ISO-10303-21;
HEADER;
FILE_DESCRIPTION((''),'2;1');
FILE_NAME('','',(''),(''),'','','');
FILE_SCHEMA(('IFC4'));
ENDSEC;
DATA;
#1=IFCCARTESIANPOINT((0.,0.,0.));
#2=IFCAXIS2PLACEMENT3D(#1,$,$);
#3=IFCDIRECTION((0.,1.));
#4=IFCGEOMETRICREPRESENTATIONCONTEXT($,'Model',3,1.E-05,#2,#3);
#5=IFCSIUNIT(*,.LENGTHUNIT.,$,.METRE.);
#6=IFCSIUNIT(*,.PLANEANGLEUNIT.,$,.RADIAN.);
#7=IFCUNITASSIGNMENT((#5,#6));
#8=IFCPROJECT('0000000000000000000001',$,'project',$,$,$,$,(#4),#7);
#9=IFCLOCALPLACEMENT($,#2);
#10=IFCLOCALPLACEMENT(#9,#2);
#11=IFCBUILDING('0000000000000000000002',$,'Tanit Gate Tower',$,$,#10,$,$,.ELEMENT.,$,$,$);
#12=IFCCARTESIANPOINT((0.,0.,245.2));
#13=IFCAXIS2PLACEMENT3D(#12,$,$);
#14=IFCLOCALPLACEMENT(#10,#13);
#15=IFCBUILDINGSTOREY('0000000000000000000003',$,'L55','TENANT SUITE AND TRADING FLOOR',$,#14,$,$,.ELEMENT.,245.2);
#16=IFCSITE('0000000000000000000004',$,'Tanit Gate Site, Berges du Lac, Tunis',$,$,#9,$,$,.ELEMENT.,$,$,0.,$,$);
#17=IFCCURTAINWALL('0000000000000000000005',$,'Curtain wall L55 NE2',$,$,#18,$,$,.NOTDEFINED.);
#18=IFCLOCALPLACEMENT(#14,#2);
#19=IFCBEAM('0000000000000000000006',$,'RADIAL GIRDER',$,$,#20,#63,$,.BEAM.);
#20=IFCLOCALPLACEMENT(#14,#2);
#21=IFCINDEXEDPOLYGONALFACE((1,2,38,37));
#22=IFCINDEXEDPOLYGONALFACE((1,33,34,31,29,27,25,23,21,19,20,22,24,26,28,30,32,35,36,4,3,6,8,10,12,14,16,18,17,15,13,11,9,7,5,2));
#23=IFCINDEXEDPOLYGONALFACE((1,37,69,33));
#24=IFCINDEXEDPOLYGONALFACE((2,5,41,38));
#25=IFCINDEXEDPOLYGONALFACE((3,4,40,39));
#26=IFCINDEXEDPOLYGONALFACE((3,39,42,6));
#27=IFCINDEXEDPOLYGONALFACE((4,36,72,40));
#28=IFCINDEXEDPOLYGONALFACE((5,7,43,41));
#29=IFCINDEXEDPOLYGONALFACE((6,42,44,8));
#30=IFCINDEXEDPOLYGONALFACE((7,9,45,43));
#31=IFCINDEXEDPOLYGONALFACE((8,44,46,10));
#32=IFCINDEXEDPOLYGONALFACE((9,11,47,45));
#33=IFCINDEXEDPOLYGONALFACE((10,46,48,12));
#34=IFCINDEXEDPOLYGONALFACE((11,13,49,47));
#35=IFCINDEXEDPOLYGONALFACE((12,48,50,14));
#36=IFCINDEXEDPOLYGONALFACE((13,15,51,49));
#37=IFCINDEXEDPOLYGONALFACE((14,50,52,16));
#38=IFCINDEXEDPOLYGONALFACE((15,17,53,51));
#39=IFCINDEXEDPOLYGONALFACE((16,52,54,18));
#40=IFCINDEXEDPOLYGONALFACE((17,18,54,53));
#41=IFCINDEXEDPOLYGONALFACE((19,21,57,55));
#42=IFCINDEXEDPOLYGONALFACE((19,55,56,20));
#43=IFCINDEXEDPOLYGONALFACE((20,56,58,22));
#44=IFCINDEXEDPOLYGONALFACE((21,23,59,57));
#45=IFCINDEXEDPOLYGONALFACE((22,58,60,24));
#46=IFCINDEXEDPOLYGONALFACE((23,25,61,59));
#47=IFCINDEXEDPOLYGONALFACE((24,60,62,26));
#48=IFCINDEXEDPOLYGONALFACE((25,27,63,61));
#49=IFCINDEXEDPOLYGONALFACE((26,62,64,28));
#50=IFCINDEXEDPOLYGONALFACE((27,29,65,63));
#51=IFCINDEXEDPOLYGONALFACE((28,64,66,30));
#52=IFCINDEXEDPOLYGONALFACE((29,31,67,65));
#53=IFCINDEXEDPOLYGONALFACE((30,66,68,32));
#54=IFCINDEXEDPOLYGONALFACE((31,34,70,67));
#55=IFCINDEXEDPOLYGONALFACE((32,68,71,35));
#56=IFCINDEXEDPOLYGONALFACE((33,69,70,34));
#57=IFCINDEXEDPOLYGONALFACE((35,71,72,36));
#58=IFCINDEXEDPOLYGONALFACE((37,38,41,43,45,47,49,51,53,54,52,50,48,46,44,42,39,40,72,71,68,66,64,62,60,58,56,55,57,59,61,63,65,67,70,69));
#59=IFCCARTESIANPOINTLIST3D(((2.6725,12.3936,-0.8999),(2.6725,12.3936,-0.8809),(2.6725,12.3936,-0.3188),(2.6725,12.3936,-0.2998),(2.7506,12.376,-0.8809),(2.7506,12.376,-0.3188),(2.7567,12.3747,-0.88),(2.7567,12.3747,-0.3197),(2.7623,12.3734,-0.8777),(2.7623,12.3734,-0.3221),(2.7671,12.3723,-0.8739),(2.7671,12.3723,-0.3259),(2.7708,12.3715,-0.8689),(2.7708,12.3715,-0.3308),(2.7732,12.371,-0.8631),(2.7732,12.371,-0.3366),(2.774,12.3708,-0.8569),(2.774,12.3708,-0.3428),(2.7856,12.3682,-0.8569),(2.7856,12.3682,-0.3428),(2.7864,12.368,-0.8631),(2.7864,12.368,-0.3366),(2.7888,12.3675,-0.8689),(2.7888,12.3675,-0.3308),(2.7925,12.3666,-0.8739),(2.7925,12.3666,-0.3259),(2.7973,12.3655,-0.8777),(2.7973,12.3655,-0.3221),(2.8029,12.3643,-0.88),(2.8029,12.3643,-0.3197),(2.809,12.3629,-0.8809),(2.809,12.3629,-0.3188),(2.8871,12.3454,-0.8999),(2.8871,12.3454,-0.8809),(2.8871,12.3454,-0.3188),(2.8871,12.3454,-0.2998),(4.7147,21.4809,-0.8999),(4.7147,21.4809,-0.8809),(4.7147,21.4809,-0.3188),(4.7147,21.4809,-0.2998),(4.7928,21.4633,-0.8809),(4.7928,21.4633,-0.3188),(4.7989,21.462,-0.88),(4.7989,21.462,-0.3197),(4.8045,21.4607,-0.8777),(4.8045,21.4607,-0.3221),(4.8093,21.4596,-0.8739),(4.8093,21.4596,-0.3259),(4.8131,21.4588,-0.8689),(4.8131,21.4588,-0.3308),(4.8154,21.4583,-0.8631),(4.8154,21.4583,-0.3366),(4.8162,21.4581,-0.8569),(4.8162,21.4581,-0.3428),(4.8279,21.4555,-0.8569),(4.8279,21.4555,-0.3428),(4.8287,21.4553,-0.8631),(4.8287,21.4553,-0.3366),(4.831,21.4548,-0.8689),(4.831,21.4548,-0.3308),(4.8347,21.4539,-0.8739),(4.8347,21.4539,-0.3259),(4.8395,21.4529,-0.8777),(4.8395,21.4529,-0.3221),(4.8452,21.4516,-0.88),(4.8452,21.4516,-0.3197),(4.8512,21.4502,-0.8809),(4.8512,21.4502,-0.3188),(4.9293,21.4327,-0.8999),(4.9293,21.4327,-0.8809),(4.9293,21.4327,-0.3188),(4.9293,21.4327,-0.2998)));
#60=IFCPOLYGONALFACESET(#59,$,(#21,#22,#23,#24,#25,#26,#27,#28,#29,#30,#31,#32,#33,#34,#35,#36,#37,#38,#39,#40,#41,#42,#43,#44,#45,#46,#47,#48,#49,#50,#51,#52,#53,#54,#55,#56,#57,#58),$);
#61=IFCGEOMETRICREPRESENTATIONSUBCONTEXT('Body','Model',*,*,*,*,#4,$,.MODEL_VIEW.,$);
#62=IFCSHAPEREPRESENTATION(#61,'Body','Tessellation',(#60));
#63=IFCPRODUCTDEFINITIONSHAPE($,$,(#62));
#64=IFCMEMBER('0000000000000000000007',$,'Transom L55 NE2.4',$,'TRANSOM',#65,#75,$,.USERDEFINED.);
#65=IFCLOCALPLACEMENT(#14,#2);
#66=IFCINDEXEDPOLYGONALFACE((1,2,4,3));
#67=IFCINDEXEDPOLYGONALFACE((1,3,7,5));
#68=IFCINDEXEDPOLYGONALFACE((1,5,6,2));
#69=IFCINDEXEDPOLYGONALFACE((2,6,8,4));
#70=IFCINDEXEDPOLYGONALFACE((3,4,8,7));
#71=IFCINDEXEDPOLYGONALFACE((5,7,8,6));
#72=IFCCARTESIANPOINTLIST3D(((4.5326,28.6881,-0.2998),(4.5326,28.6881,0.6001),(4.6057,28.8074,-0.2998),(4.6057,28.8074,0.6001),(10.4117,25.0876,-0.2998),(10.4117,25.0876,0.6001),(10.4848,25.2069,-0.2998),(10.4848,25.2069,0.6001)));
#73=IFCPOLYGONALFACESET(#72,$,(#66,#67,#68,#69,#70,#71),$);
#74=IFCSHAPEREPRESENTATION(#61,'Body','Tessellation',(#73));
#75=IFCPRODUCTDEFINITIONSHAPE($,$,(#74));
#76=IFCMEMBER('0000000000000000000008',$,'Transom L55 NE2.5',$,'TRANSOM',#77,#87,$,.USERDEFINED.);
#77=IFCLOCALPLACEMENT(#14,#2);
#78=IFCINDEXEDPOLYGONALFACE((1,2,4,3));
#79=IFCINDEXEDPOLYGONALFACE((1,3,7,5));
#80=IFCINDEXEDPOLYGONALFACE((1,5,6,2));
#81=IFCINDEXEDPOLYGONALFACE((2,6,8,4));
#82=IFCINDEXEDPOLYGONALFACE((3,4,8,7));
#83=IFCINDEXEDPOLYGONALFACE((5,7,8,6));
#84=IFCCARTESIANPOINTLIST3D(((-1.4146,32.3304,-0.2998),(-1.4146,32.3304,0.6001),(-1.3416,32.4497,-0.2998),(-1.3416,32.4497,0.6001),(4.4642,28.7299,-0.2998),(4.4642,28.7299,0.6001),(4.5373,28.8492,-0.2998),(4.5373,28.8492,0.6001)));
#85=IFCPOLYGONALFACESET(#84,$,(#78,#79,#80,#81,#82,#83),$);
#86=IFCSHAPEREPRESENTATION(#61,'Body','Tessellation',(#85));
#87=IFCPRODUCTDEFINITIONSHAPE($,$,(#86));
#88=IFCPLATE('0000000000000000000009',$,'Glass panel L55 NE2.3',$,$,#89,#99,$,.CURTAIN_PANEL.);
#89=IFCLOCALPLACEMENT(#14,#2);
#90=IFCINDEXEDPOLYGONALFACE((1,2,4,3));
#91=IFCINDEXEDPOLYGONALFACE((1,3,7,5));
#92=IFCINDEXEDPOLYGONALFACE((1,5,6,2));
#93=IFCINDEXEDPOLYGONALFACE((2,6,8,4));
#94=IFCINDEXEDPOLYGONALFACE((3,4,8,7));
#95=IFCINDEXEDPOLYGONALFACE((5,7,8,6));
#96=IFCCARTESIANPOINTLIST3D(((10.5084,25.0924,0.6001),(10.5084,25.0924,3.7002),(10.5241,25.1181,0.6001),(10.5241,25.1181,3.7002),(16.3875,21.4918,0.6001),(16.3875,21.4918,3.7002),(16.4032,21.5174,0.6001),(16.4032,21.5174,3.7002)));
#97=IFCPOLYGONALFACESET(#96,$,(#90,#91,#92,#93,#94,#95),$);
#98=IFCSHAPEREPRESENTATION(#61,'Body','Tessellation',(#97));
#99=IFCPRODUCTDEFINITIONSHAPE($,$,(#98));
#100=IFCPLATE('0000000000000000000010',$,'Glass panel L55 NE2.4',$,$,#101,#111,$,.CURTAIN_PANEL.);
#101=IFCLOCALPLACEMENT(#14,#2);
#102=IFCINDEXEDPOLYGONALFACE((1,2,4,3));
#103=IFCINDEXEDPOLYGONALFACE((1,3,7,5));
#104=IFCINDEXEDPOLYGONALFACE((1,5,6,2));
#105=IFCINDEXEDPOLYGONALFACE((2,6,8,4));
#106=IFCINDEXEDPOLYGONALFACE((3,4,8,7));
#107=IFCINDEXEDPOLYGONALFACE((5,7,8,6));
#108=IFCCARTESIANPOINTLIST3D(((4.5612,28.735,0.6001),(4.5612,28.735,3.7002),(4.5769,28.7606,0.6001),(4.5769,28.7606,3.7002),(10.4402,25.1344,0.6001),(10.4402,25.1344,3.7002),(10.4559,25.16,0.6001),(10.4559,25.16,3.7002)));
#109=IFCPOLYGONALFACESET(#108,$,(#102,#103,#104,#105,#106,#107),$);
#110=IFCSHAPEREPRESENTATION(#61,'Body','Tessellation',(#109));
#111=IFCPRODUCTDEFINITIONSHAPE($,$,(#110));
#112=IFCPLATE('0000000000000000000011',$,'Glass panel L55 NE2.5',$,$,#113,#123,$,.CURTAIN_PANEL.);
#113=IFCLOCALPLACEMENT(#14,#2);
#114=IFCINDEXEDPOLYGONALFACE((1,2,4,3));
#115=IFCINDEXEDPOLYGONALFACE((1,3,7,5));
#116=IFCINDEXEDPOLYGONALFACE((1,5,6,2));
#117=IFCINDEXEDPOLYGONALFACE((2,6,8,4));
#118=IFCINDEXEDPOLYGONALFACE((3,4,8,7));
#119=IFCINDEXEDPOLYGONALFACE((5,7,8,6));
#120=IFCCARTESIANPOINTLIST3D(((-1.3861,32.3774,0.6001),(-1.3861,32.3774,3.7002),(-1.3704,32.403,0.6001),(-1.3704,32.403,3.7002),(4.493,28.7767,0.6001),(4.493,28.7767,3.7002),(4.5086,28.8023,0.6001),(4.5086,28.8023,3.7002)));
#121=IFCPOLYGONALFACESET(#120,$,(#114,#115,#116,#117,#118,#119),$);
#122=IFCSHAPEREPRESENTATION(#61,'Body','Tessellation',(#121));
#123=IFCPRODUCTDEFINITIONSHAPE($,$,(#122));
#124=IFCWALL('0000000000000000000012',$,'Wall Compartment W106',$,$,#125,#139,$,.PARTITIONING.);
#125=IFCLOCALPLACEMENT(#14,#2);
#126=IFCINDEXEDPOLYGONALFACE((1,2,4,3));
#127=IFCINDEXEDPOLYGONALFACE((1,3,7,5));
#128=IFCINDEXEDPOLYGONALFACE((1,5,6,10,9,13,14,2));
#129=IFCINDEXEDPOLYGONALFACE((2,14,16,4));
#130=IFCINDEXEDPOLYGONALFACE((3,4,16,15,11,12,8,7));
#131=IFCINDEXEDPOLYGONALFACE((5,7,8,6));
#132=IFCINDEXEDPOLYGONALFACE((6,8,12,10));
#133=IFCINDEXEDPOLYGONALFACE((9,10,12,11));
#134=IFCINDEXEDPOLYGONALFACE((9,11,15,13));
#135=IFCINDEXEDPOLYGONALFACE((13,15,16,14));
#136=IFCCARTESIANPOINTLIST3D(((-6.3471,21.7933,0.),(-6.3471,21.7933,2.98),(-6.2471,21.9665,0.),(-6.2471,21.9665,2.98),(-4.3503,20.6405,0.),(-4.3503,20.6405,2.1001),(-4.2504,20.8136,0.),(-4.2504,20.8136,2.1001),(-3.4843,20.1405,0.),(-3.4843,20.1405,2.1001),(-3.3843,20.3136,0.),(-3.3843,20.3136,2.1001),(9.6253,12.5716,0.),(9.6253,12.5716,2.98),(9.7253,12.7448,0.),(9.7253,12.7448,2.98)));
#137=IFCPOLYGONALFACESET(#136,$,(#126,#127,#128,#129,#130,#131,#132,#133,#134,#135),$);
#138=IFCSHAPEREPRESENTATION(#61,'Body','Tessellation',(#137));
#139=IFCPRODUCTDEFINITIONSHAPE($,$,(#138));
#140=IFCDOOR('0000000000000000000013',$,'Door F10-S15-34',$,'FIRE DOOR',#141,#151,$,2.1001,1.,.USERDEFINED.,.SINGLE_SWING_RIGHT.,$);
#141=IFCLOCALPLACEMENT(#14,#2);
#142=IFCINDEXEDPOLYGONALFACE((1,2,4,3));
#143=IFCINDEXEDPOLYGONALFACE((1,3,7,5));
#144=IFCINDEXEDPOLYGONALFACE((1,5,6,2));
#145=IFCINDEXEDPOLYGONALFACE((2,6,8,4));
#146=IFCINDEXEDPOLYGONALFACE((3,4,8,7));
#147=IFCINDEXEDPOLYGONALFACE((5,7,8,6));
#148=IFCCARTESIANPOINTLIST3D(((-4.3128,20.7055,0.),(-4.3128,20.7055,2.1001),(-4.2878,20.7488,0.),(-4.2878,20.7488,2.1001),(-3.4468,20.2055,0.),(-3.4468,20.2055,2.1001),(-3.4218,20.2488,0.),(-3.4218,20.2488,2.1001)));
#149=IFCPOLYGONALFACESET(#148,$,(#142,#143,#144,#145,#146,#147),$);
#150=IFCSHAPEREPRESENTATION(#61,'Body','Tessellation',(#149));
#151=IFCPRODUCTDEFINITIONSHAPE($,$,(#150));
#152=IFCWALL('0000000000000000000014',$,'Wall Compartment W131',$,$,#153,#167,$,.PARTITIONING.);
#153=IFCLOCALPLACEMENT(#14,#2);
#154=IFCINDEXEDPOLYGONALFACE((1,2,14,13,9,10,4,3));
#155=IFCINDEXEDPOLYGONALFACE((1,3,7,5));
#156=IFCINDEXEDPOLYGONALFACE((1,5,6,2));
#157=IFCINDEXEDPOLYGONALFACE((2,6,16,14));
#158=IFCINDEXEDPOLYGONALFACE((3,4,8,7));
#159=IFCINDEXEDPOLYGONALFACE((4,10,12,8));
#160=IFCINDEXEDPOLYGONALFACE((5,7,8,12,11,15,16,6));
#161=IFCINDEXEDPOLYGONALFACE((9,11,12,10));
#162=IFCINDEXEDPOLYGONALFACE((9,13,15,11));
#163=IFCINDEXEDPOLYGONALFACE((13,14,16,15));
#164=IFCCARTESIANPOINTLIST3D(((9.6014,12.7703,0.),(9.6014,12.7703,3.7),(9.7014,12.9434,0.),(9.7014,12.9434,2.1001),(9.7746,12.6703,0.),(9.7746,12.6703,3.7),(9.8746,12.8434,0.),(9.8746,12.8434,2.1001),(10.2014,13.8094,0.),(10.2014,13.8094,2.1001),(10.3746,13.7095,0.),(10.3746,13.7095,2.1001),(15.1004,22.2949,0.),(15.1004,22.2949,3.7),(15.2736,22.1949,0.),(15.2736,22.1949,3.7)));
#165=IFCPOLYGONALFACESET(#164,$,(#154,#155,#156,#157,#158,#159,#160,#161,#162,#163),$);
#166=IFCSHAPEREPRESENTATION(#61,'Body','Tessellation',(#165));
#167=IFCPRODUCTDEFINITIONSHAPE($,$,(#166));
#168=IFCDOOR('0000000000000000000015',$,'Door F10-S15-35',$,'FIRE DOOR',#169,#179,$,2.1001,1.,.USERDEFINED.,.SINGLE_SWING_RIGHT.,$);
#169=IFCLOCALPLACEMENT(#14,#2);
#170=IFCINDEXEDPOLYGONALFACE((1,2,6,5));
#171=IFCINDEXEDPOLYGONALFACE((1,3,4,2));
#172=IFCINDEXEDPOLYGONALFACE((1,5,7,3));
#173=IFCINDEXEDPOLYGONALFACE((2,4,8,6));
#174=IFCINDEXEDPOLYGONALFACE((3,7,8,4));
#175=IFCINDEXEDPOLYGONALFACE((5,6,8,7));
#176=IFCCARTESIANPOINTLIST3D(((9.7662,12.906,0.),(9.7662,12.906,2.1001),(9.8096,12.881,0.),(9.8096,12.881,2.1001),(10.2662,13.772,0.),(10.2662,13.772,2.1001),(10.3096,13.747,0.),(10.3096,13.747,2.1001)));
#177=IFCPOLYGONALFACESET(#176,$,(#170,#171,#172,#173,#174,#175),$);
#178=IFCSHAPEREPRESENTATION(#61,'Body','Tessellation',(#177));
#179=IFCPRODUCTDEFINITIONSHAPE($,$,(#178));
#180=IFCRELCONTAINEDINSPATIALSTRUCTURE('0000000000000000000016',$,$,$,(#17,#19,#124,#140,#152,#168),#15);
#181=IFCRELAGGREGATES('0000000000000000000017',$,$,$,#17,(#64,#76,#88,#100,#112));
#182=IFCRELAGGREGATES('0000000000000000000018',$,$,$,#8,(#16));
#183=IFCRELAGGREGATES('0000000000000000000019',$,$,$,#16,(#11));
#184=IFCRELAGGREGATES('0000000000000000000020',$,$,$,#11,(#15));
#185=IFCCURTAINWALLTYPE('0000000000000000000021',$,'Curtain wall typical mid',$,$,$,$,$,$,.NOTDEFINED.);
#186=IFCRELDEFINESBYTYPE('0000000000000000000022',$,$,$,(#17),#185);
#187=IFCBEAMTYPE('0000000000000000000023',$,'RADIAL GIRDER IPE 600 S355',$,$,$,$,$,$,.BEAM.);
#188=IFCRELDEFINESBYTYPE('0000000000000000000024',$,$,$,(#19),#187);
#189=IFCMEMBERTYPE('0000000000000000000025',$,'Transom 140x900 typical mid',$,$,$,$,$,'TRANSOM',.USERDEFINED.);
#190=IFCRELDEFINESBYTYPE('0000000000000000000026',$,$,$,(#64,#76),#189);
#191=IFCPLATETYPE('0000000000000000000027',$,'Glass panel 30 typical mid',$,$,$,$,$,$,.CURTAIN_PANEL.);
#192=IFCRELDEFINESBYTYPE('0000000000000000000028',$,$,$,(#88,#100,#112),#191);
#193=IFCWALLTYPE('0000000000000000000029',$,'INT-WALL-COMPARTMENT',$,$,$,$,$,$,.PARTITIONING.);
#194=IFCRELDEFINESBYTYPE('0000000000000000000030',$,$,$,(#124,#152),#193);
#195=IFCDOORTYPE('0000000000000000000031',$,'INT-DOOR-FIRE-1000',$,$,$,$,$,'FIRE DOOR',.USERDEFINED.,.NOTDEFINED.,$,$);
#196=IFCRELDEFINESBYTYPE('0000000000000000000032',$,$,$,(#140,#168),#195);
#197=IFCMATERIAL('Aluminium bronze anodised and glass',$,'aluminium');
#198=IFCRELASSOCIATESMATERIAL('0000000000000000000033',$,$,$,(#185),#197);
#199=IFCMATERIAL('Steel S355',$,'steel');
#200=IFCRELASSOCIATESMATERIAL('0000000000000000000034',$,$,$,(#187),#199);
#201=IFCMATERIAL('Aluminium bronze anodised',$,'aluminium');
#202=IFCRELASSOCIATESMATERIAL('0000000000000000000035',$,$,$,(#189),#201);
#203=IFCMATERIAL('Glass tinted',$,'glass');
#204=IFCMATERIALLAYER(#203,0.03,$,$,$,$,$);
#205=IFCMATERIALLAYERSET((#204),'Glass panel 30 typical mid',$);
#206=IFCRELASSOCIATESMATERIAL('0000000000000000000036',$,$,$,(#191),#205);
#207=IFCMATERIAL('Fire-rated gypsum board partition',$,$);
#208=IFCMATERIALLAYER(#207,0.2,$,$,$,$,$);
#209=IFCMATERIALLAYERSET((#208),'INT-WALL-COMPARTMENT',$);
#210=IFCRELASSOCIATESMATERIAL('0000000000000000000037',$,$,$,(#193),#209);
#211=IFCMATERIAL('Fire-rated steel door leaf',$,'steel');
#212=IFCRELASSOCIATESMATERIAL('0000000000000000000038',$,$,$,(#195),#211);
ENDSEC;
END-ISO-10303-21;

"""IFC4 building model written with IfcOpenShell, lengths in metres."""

from ifc_helpers import new_model, si_unit, direction, frame, frame_2d, origin, origin_2d, place, context, subcontext, project, spatial, rectangle, i_section, extrude, material, layer, layer_set, material_profile, profile_set, type_object, element, fill, aggregate, save


model = new_model("IFC4")

# Units and contexts
model_context = context("Model", 3, precision=1e-05, world=origin(), true_north=direction((0.0, 1.0)))
body_context = subcontext(model_context, "Body", "Model", "MODEL_VIEW")
ifc_project = project(units=[si_unit("LENGTHUNIT", "METRE"), si_unit("PLANEANGLEUNIT", "RADIAN")], contexts=[model_context])

# Site, building, storey
site_placement = place(None, origin())
site = spatial("IfcSite", under=ifc_project, at=site_placement, Name="Tanit Gate Site, Berges du Lac, Tunis", CompositionType="ELEMENT", RefElevation=0.0)
building_placement = place(site_placement, origin())
building = spatial("IfcBuilding", under=site, at=building_placement, Name="Tanit Gate Tower", CompositionType="ELEMENT")
storey_placement = place(building_placement, frame((0.0, 0.0, 245.2)))
storey = spatial("IfcBuildingStorey", under=building, at=storey_placement, Name="L55", Description="TENANT SUITE AND TRADING FLOOR", CompositionType="ELEMENT", Elevation=245.2)

# Curtain wall
ifc_material_1 = material(Name="Aluminium bronze anodised and glass", Category="aluminium")
curtain_wall_type = type_object("IfcCurtainWallType", Name="Curtain wall typical mid", PredefinedType="NOTDEFINED", material=ifc_material_1)
curtain_wall_placement = place(storey_placement, origin())
curtain_wall = element("IfcCurtainWall", 1, at=curtain_wall_placement, inside=storey, type_object=curtain_wall_type, Name="Curtain wall L55 NE2", PredefinedType="NOTDEFINED")

# Beam
ifc_material_2 = material(Name="Steel S355", Category="steel")
ifc_material_profile_1 = material_profile(ifc_material_2, i_section(OverallWidth=0.22, OverallDepth=0.6001, WebThickness=0.012, FlangeThickness=0.019, FilletRadius=0.0239, at=origin_2d()), Name="IPE 600")
ifc_profile_set_1 = profile_set([ifc_material_profile_1], Name="Steel S355")
beam_type_1 = type_object("IfcBeamType", Name="RADIAL GIRDER IPE 600 S355", PredefinedType="BEAM", material=ifc_profile_set_1)
beam_1_placement = place(storey_placement, frame((4.822, 21.4568, -0.5999), z_axis=(-0.219264, -0.975666, 0.0), x_axis=(0.975666, -0.219264, 0.0)))
element("IfcBeam", 2, at=beam_1_placement, inside=storey, type_object=beam_type_1, Name="RADIAL GIRDER", PredefinedType="BEAM", context=body_context, shape_type="SweptSolid", body=[
    extrude(i_section(OverallWidth=0.22, OverallDepth=0.6001, WebThickness=0.012, FlangeThickness=0.019, FilletRadius=0.0239, at=origin_2d()), origin(), (0.0, 0.0, 1.0), 9.314),
])

# Members
ifc_material_3 = material(Name="Aluminium bronze anodised", Category="aluminium")
ifc_material_profile_2 = material_profile(ifc_material_3, rectangle(XDim=0.1399, YDim=0.8999, at=origin_2d()), Name="140x900 bronze transom")
ifc_profile_set_2 = profile_set([ifc_material_profile_2], Name="Aluminium bronze anodised")
member_type_1 = type_object("IfcMemberType", Name="Transom 140x900 typical mid", ElementType="TRANSOM", PredefinedType="USERDEFINED", material=ifc_profile_set_2)
member_1_placement = place(storey_placement, frame((10.4482, 25.1472, 0.1501), z_axis=(-0.85278, 0.522271, 0.0), x_axis=(-0.522271, -0.85278, 0.0)))
member_1 = element("IfcMember", 3, at=member_1_placement, type_object=member_type_1, Name="Transom L55 NE2.4", ObjectType="TRANSOM", PredefinedType="USERDEFINED", context=body_context, shape_type="SweptSolid", body=[
    extrude(rectangle(XDim=0.1399, YDim=0.8999, at=origin_2d()), origin(), (0.0, 0.0, 1.0), 6.894),
])
member_2_placement = place(storey_placement, frame((4.5007, 28.7896, 0.1501), z_axis=(-0.85277, 0.522286, 0.0), x_axis=(-0.522286, -0.85277, 0.0)))
member_2 = element("IfcMember", 4, at=member_2_placement, type_object=member_type_1, Name="Transom L55 NE2.5", ObjectType="TRANSOM", PredefinedType="USERDEFINED", context=body_context, shape_type="SweptSolid", body=[
    extrude(rectangle(XDim=0.1399, YDim=0.8999, at=origin_2d()), origin(), (0.0, 0.0, 1.0), 6.8938),
])

# Plates
ifc_material_4 = material(Name="Glass tinted", Category="glass")
ifc_layer_1 = layer(ifc_material_4, 0.03)
ifc_layer_set_1 = layer_set([ifc_layer_1], Name="Glass panel 30 typical mid")
plate_type = type_object("IfcPlateType", Name="Glass panel 30 typical mid", PredefinedType="CURTAIN_PANEL", material=ifc_layer_set_1)
plate_1_placement = place(storey_placement, frame((13.4558, 23.3049, 0.6001), z_axis=(0.0, 0.0, 1.0), x_axis=(-0.852772, 0.522283, 0.0)))
plate_1 = element("IfcPlate", 5, at=plate_1_placement, type_object=plate_type, Name="Glass panel L55 NE2.3", PredefinedType="CURTAIN_PANEL", context=body_context, shape_type="SweptSolid", body=[
    extrude(rectangle(XDim=6.894, YDim=0.03, at=origin_2d()), origin(), (0.0, 0.0, 1.0), 3.1001),
])
plate_2_placement = place(storey_placement, frame((7.5085, 26.9475, 0.6001), z_axis=(0.0, 0.0, 1.0), x_axis=(-0.852772, 0.522283, 0.0)))
plate_2 = element("IfcPlate", 6, at=plate_2_placement, type_object=plate_type, Name="Glass panel L55 NE2.4", PredefinedType="CURTAIN_PANEL", context=body_context, shape_type="SweptSolid", body=[
    extrude(rectangle(XDim=6.894, YDim=0.03, at=origin_2d()), origin(), (0.0, 0.0, 1.0), 3.1001),
])
plate_3_placement = place(storey_placement, frame((1.5613, 30.5898, 0.6001), z_axis=(0.0, 0.0, 1.0), x_axis=(-0.852772, 0.522283, 0.0)))
plate_3 = element("IfcPlate", 7, at=plate_3_placement, type_object=plate_type, Name="Glass panel L55 NE2.5", PredefinedType="CURTAIN_PANEL", context=body_context, shape_type="SweptSolid", body=[
    extrude(rectangle(XDim=6.894, YDim=0.03, at=origin_2d()), origin(), (0.0, 0.0, 1.0), 3.1001),
])
aggregate(curtain_wall, [member_1, member_2, plate_1, plate_2, plate_3])

# Walls, openings, doors
ifc_material_5 = material(Name="Fire-rated gypsum board partition")
ifc_layer_2 = layer(ifc_material_5, 0.2)
ifc_layer_set_2 = layer_set([ifc_layer_2], Name="INT-WALL-COMPARTMENT")
wall_type_1 = type_object("IfcWallType", Name="INT-WALL-COMPARTMENT", PredefinedType="PARTITIONING", material=ifc_layer_set_2)
wall_1_placement = place(storey_placement, frame((9.6753, 12.6582, 0.0), z_axis=(0.0, 0.0, 1.0), x_axis=(-0.866025, 0.5, 0.0)))
wall_1 = element("IfcWall", 8, at=wall_1_placement, inside=storey, type_object=wall_type_1, Name="Wall Compartment W106", PredefinedType="PARTITIONING", context=body_context, shape_type="SweptSolid", body=[
    extrude(rectangle(XDim=18.4434, YDim=0.2, at=frame_2d((9.2217, 0.0))), origin(), (0.0, 0.0, 1.0), 2.98),
])
opening_1_placement = place(wall_1_placement, frame((15.1377, 0.0, 0.0)))
opening_1 = element("IfcOpeningElement", 9, at=opening_1_placement, cuts=wall_1, PredefinedType="OPENING", context=body_context, shape_type="SweptSolid", body=[
    extrude(rectangle(XDim=1.0, YDim=2.1001, at=frame_2d((0.5, 1.05))), frame((0.0, 0.1099, 0.0), z_axis=(0.0, -1.0, 0.0), x_axis=(1.0, 0.0, 0.0)), (0.0, 0.0, 1.0), 0.22),
])
ifc_material_6 = material(Name="Fire-rated steel door leaf", Category="steel")
door_type_1 = type_object("IfcDoorType", Name="INT-DOOR-FIRE-1000", ElementType="FIRE DOOR", OperationType="NOTDEFINED", PredefinedType="USERDEFINED", material=ifc_material_6)
door_1_placement = place(opening_1_placement, origin())
door_1 = element("IfcDoor", 10, at=door_1_placement, inside=storey, type_object=door_type_1, Name="Door F10-S15-34", ObjectType="FIRE DOOR", OperationType="SINGLE_SWING_RIGHT", OverallHeight=2.1001, OverallWidth=1.0, PredefinedType="USERDEFINED", context=body_context, shape_type="SweptSolid", body=[
    extrude(rectangle(XDim=1.0, YDim=2.1001, at=frame_2d((0.5, 1.05))), frame((0.0, 0.0249, 0.0), z_axis=(0.0, -1.0, 0.0), x_axis=(1.0, 0.0, 0.0)), (0.0, 0.0, 1.0), 0.05),
])
fill(opening_1, door_1)
wall_2_placement = place(storey_placement, frame((15.187, 22.2449, 0.0), z_axis=(0.0, 0.0, 1.0), x_axis=(-0.499997, -0.866027, 0.0)))
wall_2 = element("IfcWall", 11, at=wall_2_placement, inside=storey, type_object=wall_type_1, Name="Wall Compartment W131", PredefinedType="PARTITIONING", context=body_context, shape_type="SweptSolid", body=[
    extrude(rectangle(XDim=10.998, YDim=0.2, at=frame_2d((5.499, 0.0))), origin(), (0.0, 0.0, 1.0), 3.7),
])
opening_2_placement = place(wall_2_placement, frame((9.7981, 0.0, 0.0)))
opening_2 = element("IfcOpeningElement", 12, at=opening_2_placement, cuts=wall_2, PredefinedType="OPENING", context=body_context, shape_type="SweptSolid", body=[
    extrude(rectangle(XDim=1.0, YDim=2.1001, at=frame_2d((0.5, 1.05))), frame((0.0, 0.1099, 0.0), z_axis=(0.0, -1.0, 0.0), x_axis=(1.0, 0.0, 0.0)), (0.0, 0.0, 1.0), 0.22),
])
door_2_placement = place(opening_2_placement, origin())
door_2 = element("IfcDoor", 13, at=door_2_placement, inside=storey, type_object=door_type_1, Name="Door F10-S15-35", ObjectType="FIRE DOOR", OperationType="SINGLE_SWING_RIGHT", OverallHeight=2.1001, OverallWidth=1.0, PredefinedType="USERDEFINED", context=body_context, shape_type="SweptSolid", body=[
    extrude(rectangle(XDim=1.0, YDim=2.1001, at=frame_2d((0.5, 1.05))), frame((0.0, 0.0249, 0.0), z_axis=(0.0, -1.0, 0.0), x_axis=(1.0, 0.0, 0.0)), (0.0, 0.0, 1.0), 0.05),
])
fill(opening_2, door_2)

save(model, "model.ifc")
